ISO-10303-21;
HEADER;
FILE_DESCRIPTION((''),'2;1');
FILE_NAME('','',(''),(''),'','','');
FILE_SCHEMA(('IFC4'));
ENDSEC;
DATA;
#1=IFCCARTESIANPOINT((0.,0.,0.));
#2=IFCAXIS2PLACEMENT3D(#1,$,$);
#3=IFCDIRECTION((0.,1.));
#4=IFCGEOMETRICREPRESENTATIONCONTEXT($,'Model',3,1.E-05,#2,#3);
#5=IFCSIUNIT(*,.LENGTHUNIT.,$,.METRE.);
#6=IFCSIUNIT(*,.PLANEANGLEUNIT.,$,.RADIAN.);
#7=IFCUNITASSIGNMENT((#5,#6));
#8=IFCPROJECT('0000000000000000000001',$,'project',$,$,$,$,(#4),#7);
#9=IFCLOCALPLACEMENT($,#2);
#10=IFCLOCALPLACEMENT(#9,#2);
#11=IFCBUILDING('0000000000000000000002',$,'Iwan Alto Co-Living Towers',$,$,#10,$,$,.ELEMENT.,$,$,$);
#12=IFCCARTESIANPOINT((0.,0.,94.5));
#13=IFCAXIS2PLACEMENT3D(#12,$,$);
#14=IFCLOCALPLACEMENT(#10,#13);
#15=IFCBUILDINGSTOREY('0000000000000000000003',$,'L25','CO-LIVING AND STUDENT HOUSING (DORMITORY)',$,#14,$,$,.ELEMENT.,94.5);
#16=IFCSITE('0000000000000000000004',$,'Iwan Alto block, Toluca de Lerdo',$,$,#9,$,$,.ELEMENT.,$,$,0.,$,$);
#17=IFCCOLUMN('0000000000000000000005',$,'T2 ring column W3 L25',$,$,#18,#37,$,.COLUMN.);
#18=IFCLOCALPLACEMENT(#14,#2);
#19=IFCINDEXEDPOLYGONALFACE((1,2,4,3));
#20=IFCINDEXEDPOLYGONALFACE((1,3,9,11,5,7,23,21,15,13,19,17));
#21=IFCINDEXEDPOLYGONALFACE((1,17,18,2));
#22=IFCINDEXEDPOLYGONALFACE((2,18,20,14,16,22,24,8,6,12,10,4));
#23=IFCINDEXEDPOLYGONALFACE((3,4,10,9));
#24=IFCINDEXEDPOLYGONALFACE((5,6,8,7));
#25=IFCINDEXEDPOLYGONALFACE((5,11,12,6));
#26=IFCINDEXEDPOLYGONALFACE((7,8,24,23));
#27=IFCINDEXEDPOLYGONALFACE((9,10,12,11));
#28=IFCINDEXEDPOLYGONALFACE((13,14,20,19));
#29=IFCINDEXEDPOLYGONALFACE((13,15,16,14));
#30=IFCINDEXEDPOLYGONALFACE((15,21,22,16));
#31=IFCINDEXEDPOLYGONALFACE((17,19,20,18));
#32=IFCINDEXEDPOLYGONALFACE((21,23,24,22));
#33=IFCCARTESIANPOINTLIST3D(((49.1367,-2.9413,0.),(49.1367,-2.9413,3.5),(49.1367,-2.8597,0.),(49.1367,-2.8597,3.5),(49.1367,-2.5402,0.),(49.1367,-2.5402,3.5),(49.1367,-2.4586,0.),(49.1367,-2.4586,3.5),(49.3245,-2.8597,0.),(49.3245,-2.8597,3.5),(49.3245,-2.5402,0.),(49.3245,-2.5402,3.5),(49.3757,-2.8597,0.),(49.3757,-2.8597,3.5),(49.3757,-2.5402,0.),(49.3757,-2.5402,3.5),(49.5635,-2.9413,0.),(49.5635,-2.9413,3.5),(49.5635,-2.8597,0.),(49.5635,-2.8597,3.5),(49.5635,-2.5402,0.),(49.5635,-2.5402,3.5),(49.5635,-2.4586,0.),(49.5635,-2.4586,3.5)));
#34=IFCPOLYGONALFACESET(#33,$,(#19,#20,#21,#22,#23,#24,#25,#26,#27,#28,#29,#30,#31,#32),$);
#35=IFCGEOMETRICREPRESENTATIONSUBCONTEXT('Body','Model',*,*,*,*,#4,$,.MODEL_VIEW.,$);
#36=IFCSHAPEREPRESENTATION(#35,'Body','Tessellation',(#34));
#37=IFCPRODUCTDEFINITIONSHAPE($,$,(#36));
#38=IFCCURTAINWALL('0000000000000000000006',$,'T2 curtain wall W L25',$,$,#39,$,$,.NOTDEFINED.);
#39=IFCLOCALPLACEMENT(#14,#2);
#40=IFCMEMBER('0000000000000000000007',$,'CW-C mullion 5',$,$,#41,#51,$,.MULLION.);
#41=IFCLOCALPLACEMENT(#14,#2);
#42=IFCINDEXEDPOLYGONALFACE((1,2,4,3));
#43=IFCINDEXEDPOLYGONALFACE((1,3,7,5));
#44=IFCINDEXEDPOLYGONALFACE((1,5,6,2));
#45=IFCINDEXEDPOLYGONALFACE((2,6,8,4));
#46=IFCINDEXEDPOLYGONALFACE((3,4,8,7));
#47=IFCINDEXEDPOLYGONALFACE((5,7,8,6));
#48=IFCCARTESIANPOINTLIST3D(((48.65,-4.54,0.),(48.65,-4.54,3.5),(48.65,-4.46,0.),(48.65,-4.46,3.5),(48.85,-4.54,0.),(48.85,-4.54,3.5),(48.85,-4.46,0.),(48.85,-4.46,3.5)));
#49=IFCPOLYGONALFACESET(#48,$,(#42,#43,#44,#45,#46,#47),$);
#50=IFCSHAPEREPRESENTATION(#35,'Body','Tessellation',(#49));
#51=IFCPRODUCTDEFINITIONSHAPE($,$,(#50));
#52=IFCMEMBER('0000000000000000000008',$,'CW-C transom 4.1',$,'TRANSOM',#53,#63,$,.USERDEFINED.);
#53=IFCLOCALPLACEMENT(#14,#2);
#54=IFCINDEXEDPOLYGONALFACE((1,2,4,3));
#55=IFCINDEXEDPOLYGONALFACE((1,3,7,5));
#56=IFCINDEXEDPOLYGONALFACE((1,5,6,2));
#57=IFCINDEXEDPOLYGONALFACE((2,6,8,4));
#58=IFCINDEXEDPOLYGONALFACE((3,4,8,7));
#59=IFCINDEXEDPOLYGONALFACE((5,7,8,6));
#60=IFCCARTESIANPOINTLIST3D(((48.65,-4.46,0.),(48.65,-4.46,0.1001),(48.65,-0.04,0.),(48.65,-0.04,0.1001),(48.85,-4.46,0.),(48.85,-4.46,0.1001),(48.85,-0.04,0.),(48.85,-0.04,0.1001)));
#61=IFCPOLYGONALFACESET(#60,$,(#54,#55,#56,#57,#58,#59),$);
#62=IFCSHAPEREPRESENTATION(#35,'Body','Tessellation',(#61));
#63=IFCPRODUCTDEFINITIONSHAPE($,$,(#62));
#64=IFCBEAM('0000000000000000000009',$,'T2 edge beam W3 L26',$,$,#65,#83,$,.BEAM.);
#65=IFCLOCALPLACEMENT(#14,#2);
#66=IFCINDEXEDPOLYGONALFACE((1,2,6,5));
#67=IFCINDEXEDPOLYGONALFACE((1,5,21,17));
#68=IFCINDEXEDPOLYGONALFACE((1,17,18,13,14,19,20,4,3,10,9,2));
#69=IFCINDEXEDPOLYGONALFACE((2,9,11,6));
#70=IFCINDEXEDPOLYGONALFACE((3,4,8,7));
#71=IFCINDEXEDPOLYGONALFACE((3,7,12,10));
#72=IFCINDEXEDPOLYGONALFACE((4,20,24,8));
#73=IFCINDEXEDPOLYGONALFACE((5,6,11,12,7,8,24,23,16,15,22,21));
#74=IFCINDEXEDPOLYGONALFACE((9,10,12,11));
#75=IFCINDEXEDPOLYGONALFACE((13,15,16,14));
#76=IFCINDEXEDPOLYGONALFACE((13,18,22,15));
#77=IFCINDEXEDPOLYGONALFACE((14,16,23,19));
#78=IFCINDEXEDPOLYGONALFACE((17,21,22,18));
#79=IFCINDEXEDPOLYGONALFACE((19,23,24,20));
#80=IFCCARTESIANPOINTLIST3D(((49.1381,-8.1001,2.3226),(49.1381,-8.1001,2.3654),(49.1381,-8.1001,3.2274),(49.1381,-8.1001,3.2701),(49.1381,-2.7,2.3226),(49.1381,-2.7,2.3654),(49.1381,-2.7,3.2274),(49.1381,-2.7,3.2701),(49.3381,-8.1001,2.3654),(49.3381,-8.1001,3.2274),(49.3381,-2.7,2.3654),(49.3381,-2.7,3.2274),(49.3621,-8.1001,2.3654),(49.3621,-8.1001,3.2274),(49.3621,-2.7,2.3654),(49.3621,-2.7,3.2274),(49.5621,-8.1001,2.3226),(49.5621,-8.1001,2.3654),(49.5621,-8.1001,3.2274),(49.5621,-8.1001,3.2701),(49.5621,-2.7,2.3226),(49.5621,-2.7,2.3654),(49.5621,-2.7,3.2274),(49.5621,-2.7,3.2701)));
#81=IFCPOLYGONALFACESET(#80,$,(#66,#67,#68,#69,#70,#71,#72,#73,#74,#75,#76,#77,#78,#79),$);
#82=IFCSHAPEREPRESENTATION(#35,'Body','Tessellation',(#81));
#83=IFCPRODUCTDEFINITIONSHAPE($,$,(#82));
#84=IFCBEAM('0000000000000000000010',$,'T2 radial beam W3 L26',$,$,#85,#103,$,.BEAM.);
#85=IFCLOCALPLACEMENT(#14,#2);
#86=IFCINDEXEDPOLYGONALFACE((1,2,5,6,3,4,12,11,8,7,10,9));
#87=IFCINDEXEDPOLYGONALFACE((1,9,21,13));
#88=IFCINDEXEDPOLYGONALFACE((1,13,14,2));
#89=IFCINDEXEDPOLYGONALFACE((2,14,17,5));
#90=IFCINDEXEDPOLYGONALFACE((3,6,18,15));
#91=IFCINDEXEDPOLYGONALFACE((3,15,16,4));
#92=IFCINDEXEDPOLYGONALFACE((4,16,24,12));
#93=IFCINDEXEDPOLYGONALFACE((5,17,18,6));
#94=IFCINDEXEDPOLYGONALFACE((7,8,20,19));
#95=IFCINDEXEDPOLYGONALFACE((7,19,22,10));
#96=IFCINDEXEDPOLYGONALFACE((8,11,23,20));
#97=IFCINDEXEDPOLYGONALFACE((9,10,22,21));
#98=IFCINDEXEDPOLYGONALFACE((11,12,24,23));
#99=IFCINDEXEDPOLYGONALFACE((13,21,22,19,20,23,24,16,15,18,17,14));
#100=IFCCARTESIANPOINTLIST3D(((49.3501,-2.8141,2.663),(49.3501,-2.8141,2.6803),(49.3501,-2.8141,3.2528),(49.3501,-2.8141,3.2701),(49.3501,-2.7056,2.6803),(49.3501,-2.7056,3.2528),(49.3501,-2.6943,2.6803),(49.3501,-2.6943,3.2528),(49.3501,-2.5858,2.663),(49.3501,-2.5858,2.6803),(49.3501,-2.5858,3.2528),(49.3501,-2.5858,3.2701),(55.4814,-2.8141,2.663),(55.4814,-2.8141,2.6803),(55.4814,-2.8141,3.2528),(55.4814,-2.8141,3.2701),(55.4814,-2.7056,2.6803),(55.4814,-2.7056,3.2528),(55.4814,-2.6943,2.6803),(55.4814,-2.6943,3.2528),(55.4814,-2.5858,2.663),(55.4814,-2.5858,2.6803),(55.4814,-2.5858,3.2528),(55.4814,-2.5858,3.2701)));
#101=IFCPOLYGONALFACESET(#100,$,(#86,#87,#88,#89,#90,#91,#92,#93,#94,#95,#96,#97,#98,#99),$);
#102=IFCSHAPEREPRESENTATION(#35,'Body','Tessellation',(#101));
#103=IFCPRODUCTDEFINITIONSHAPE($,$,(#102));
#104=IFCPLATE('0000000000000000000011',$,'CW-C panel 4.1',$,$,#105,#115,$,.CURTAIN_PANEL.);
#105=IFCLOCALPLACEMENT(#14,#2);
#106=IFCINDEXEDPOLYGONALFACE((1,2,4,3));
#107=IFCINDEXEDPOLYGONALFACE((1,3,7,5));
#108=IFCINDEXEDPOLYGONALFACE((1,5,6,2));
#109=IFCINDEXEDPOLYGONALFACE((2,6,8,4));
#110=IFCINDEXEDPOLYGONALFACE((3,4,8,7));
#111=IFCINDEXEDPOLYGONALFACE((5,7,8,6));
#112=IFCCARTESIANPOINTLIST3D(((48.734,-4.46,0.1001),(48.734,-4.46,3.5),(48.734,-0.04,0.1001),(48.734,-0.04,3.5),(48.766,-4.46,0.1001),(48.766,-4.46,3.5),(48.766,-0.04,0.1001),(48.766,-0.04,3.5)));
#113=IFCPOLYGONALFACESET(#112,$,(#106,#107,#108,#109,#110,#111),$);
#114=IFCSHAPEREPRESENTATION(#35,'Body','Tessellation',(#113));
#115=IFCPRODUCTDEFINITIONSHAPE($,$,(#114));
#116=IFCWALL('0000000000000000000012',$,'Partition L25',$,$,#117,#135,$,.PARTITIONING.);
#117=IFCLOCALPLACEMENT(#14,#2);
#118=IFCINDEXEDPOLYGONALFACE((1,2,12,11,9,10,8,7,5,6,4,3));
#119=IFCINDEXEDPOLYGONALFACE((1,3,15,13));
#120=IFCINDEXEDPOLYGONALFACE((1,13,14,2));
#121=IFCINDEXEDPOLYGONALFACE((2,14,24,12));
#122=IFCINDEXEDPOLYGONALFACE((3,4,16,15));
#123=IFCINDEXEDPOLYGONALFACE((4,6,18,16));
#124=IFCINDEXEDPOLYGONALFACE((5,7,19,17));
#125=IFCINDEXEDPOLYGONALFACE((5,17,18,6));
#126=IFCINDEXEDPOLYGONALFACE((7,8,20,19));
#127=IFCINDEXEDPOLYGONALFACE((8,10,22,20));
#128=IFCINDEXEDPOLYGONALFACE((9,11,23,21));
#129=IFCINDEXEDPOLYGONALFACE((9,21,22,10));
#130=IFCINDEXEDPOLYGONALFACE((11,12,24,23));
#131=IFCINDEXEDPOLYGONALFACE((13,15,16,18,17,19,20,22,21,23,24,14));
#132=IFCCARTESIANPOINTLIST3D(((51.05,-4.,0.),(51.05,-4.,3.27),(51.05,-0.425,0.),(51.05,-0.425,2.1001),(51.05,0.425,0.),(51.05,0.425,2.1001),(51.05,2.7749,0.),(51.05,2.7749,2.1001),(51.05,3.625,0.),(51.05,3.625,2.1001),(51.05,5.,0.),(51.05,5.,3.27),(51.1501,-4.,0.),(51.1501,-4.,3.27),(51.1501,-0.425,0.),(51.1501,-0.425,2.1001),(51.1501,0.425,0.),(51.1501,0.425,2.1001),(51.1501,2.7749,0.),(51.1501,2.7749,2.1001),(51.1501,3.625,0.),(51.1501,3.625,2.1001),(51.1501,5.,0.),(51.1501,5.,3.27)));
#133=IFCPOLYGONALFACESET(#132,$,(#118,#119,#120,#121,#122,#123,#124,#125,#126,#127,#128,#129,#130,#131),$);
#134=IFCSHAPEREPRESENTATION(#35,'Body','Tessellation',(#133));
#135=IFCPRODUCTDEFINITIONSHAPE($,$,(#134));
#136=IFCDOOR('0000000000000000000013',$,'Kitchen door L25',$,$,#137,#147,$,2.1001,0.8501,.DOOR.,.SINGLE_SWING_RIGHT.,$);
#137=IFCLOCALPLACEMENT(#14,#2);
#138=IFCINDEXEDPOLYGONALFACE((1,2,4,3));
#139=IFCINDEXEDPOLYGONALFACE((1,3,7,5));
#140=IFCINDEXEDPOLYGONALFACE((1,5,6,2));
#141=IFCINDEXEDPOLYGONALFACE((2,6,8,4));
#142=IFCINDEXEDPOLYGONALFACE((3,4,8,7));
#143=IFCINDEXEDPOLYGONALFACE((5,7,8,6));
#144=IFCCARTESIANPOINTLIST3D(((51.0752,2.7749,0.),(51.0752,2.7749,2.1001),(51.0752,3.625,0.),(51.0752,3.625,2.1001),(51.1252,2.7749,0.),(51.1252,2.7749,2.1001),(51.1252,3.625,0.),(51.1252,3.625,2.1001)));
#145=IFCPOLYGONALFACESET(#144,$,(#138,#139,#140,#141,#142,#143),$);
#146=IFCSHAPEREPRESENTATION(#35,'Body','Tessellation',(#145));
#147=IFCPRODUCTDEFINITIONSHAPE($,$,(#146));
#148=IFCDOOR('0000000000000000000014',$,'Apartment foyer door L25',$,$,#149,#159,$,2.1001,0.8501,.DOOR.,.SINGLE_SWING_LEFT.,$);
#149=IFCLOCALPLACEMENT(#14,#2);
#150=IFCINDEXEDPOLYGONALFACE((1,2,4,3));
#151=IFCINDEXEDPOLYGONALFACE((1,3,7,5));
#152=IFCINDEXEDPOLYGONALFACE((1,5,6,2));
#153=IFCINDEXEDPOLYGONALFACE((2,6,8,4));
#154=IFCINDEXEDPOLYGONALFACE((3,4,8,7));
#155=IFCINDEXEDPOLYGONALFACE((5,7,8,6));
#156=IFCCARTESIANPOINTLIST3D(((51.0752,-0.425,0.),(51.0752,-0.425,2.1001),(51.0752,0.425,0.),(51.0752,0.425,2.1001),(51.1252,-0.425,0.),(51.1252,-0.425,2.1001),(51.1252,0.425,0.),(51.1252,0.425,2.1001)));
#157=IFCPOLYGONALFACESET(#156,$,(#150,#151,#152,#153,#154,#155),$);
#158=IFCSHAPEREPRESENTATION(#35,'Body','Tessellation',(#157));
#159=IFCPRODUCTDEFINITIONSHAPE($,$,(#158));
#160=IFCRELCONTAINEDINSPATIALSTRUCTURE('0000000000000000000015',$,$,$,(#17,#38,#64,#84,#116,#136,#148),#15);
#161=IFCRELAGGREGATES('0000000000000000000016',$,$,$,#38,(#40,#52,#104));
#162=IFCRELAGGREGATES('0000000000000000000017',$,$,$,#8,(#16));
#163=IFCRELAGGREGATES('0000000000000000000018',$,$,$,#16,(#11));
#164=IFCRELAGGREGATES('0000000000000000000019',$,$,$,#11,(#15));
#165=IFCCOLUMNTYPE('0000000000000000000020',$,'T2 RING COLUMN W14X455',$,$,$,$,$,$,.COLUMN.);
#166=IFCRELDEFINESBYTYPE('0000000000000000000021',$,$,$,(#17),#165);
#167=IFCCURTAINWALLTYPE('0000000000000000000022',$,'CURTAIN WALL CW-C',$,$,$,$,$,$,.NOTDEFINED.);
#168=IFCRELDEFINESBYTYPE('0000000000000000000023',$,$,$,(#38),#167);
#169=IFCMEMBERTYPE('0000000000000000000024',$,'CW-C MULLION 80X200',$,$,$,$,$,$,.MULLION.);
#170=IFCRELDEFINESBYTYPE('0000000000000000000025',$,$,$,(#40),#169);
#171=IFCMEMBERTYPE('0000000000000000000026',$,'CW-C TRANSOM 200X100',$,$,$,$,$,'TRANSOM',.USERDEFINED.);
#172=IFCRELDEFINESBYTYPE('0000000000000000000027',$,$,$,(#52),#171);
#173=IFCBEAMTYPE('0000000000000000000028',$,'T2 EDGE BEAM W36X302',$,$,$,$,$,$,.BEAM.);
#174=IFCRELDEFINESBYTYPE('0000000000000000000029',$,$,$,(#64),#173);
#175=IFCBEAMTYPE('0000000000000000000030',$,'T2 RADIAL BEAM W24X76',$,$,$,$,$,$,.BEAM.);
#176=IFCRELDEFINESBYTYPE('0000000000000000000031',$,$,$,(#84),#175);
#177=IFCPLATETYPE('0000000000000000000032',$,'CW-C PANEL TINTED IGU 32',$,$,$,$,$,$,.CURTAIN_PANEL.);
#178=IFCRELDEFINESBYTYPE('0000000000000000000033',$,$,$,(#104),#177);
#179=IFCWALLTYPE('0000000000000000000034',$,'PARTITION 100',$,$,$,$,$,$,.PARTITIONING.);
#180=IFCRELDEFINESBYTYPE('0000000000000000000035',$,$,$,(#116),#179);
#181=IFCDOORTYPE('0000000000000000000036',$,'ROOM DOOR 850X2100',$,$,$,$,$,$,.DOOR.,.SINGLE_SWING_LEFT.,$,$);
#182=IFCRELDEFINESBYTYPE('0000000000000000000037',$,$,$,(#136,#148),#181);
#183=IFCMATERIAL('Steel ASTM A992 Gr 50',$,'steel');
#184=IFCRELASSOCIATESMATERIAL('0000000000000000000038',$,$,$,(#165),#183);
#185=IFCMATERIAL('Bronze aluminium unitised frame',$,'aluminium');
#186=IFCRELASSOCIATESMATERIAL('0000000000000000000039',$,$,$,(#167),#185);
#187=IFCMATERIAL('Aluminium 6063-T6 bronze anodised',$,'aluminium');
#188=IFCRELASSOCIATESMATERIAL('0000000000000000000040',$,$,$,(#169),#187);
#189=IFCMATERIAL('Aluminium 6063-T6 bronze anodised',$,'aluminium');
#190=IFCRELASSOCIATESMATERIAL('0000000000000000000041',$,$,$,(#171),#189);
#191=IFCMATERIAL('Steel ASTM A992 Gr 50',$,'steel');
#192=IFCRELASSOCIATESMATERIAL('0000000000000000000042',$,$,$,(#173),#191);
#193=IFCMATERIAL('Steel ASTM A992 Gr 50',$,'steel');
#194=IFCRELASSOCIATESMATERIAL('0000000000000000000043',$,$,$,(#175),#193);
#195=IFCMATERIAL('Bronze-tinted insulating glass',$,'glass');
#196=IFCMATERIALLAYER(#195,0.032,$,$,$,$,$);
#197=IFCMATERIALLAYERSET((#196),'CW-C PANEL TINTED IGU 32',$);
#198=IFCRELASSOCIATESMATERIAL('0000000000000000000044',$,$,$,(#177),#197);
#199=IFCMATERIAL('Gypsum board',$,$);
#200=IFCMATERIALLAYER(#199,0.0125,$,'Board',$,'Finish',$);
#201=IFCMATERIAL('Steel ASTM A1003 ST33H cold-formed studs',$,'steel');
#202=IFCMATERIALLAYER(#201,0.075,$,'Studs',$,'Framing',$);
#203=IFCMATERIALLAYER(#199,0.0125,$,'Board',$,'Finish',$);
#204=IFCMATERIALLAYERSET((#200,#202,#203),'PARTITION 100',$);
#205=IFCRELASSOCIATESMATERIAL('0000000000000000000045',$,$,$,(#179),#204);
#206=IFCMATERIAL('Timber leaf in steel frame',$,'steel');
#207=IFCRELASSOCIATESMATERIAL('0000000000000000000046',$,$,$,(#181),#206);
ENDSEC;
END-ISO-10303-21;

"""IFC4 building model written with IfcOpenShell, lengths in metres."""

from ifc_helpers import new_model, si_unit, direction, frame, frame_2d, origin, origin_2d, place, context, subcontext, project, spatial, rectangle, i_section, extrude, material, layer, layer_set, material_profile, profile_set, type_object, element, fill, aggregate, save


model = new_model("IFC4")

# Units and contexts
model_context = context("Model", 3, precision=1e-05, world=origin(), true_north=direction((0.0, 1.0)))
body_context = subcontext(model_context, "Body", "Model", "MODEL_VIEW")
ifc_project = project(units=[si_unit("LENGTHUNIT", "METRE"), si_unit("PLANEANGLEUNIT", "RADIAN")], contexts=[model_context])

# Site, building, storey
site_placement = place(None, origin())
site = spatial("IfcSite", under=ifc_project, at=site_placement, Name="Iwan Alto block, Toluca de Lerdo", CompositionType="ELEMENT", RefElevation=0.0)
building_placement = place(site_placement, origin())
building = spatial("IfcBuilding", under=site, at=building_placement, Name="Iwan Alto Co-Living Towers", CompositionType="ELEMENT")
storey_placement = place(building_placement, frame((0.0, 0.0, 94.5)))
storey = spatial("IfcBuildingStorey", under=building, at=storey_placement, Name="L25", Description="CO-LIVING AND STUDENT HOUSING (DORMITORY)", CompositionType="ELEMENT", Elevation=94.5)

# Column
ifc_material_1 = material(Name="Steel ASTM A992 Gr 50", Category="steel")
ifc_material_profile_1 = material_profile(ifc_material_1, i_section(OverallWidth=0.4268, OverallDepth=0.4827, WebThickness=0.0513, FlangeThickness=0.0815, at=origin_2d()), Name="W14X455")
ifc_profile_set_1 = profile_set([ifc_material_profile_1], Name="Steel ASTM A992 Gr 50")
column_type = type_object("IfcColumnType", Name="T2 RING COLUMN W14X455", PredefinedType="COLUMN", material=ifc_profile_set_1)
column_placement = place(storey_placement, frame((49.3501, -2.7, 0.0), z_axis=(0.0, 0.0, 1.0), x_axis=(1.0, 0.0, 0.0)))
element("IfcColumn", 1, at=column_placement, inside=storey, type_object=column_type, Name="T2 ring column W3 L25", PredefinedType="COLUMN", context=body_context, shape_type="SweptSolid", body=[
    extrude(i_section(OverallWidth=0.4268, OverallDepth=0.4827, WebThickness=0.0513, FlangeThickness=0.0815, at=origin_2d()), origin(), (0.0, 0.0, 1.0), 3.5),
])

# Curtain wall, members
ifc_material_2 = material(Name="Bronze aluminium unitised frame", Category="aluminium")
curtain_wall_type = type_object("IfcCurtainWallType", Name="CURTAIN WALL CW-C", PredefinedType="NOTDEFINED", material=ifc_material_2)
curtain_wall_placement = place(storey_placement, origin())
curtain_wall = element("IfcCurtainWall", 2, at=curtain_wall_placement, inside=storey, type_object=curtain_wall_type, Name="T2 curtain wall W L25", PredefinedType="NOTDEFINED")
ifc_material_3 = material(Name="Aluminium 6063-T6 bronze anodised", Category="aluminium")
ifc_material_profile_2 = material_profile(ifc_material_3, rectangle(XDim=0.2, YDim=0.0801, at=origin_2d()), Name="AL 80X200")
ifc_profile_set_2 = profile_set([ifc_material_profile_2], Name="Aluminium 6063-T6 bronze anodised")
member_type_1 = type_object("IfcMemberType", Name="CW-C MULLION 80X200", PredefinedType="MULLION", material=ifc_profile_set_2)
member_1_placement = place(storey_placement, frame((48.75, -4.5, 0.0), z_axis=(0.0, 0.0, 1.0), x_axis=(1.0, 0.0, 0.0)))
member_1 = element("IfcMember", 3, at=member_1_placement, type_object=member_type_1, Name="CW-C mullion 5", PredefinedType="MULLION", context=body_context, shape_type="SweptSolid", body=[
    extrude(rectangle(XDim=0.2, YDim=0.0801, at=origin_2d()), origin(), (0.0, 0.0, 1.0), 3.5),
])
ifc_material_4 = material(Name="Aluminium 6063-T6 bronze anodised", Category="aluminium")
ifc_material_profile_3 = material_profile(ifc_material_4, rectangle(XDim=0.2, YDim=0.1001, at=origin_2d()), Name="AL 200X100")
ifc_profile_set_3 = profile_set([ifc_material_profile_3], Name="Aluminium 6063-T6 bronze anodised")
member_type_2 = type_object("IfcMemberType", Name="CW-C TRANSOM 200X100", ElementType="TRANSOM", PredefinedType="USERDEFINED", material=ifc_profile_set_3)
member_2_placement = place(storey_placement, frame((48.75, -0.04, 0.05), z_axis=(0.0, -1.0, 0.0), x_axis=(1.0, 0.0, 0.0)))
member_2 = element("IfcMember", 4, at=member_2_placement, type_object=member_type_2, Name="CW-C transom 4.1", ObjectType="TRANSOM", PredefinedType="USERDEFINED", context=body_context, shape_type="SweptSolid", body=[
    extrude(rectangle(XDim=0.2, YDim=0.1001, at=origin_2d()), origin(), (0.0, 0.0, 1.0), 4.4199),
])

# Beams
ifc_material_5 = material(Name="Steel ASTM A992 Gr 50", Category="steel")
ifc_material_profile_4 = material_profile(ifc_material_5, i_section(OverallWidth=0.4241, OverallDepth=0.9475, WebThickness=0.0239, FlangeThickness=0.0427, at=origin_2d()), Name="W36X302")
ifc_profile_set_4 = profile_set([ifc_material_profile_4], Name="Steel ASTM A992 Gr 50")
beam_type_1 = type_object("IfcBeamType", Name="T2 EDGE BEAM W36X302", PredefinedType="BEAM", material=ifc_profile_set_4)
beam_1_placement = place(storey_placement, frame((49.3501, -2.7, 2.7964), z_axis=(0.0, -1.0, 0.0), x_axis=(1.0, 0.0, 0.0)))
element("IfcBeam", 5, at=beam_1_placement, inside=storey, type_object=beam_type_1, Name="T2 edge beam W3 L26", PredefinedType="BEAM", context=body_context, shape_type="SweptSolid", body=[
    extrude(i_section(OverallWidth=0.4241, OverallDepth=0.9475, WebThickness=0.0239, FlangeThickness=0.0427, at=origin_2d()), origin(), (0.0, 0.0, 1.0), 5.4001),
])
ifc_material_6 = material(Name="Steel ASTM A992 Gr 50", Category="steel")
ifc_material_profile_5 = material_profile(ifc_material_6, i_section(OverallWidth=0.2283, OverallDepth=0.6072, WebThickness=0.0112, FlangeThickness=0.0173, at=origin_2d()), Name="W24X76")
ifc_profile_set_5 = profile_set([ifc_material_profile_5], Name="Steel ASTM A992 Gr 50")
beam_type_2 = type_object("IfcBeamType", Name="T2 RADIAL BEAM W24X76", PredefinedType="BEAM", material=ifc_profile_set_5)
beam_2_placement = place(storey_placement, frame((49.3501, -2.7, 2.9666), z_axis=(1.0, 0.0, 0.0), x_axis=(0.0, 1.0, 0.0)))
element("IfcBeam", 6, at=beam_2_placement, inside=storey, type_object=beam_type_2, Name="T2 radial beam W3 L26", PredefinedType="BEAM", context=body_context, shape_type="SweptSolid", body=[
    extrude(i_section(OverallWidth=0.2283, OverallDepth=0.6072, WebThickness=0.0112, FlangeThickness=0.0173, at=origin_2d()), origin(), (0.0, 0.0, 1.0), 6.1313),
])

# Plate
ifc_material_7 = material(Name="Bronze-tinted insulating glass", Category="glass")
ifc_layer_1 = layer(ifc_material_7, 0.032)
ifc_layer_set_1 = layer_set([ifc_layer_1], Name="CW-C PANEL TINTED IGU 32")
plate_type = type_object("IfcPlateType", Name="CW-C PANEL TINTED IGU 32", PredefinedType="CURTAIN_PANEL", material=ifc_layer_set_1)
plate_placement = place(storey_placement, frame((48.75, -2.25, 0.1001), z_axis=(0.0, 0.0, 1.0), x_axis=(0.0, -1.0, 0.0)))
plate = element("IfcPlate", 7, at=plate_placement, type_object=plate_type, Name="CW-C panel 4.1", PredefinedType="CURTAIN_PANEL", context=body_context, shape_type="SweptSolid", body=[
    extrude(rectangle(XDim=4.4199, YDim=0.032, at=origin_2d()), origin(), (0.0, 0.0, 1.0), 3.3999),
])
aggregate(curtain_wall, [member_1, member_2, plate])

# Wall, openings, doors
ifc_material_8 = material(Name="Gypsum board")
ifc_layer_2 = layer(ifc_material_8, 0.0125, Name="Board", Category="Finish")
ifc_material_9 = material(Name="Steel ASTM A1003 ST33H cold-formed studs", Category="steel")
ifc_layer_3 = layer(ifc_material_9, 0.075, Name="Studs", Category="Framing")
ifc_layer_4 = layer(ifc_material_8, 0.0125, Name="Board", Category="Finish")
ifc_layer_set_2 = layer_set([ifc_layer_2, ifc_layer_3, ifc_layer_4], Name="PARTITION 100")
wall_type_1 = type_object("IfcWallType", Name="PARTITION 100", PredefinedType="PARTITIONING", material=ifc_layer_set_2)
wall_1_placement = place(storey_placement, frame((51.1001, -4.0, 0.0), z_axis=(0.0, 0.0, 1.0), x_axis=(0.0, 1.0, 0.0)))
wall_1 = element("IfcWall", 8, at=wall_1_placement, inside=storey, type_object=wall_type_1, Name="Partition L25", PredefinedType="PARTITIONING", context=body_context, shape_type="SweptSolid", body=[
    extrude(rectangle(XDim=9.0, YDim=0.1001, at=frame_2d((4.5, 0.0))), origin(), (0.0, 0.0, 1.0), 3.27),
])
opening_1_placement = place(wall_1_placement, frame((6.7749, 0.0, 0.0)))
opening_1 = element("IfcOpeningElement", 9, at=opening_1_placement, cuts=wall_1, PredefinedType="OPENING", context=body_context, shape_type="SweptSolid", body=[
    extrude(rectangle(XDim=0.8501, YDim=2.1001, at=frame_2d((0.425, 1.05))), frame((0.0, 0.0601, 0.0), z_axis=(0.0, -1.0, 0.0), x_axis=(1.0, 0.0, 0.0)), (0.0, 0.0, 1.0), 0.1201),
])
opening_2_placement = place(wall_1_placement, frame((3.575, 0.0, 0.0)))
opening_2 = element("IfcOpeningElement", 10, at=opening_2_placement, cuts=wall_1, PredefinedType="OPENING", context=body_context, shape_type="SweptSolid", body=[
    extrude(rectangle(XDim=0.8501, YDim=2.1001, at=frame_2d((0.425, 1.05))), frame((0.0, 0.0601, 0.0), z_axis=(0.0, -1.0, 0.0), x_axis=(1.0, 0.0, 0.0)), (0.0, 0.0, 1.0), 0.1201),
])
ifc_material_10 = material(Name="Timber leaf in steel frame", Category="steel")
door_type_1 = type_object("IfcDoorType", Name="ROOM DOOR 850X2100", OperationType="SINGLE_SWING_LEFT", PredefinedType="DOOR", material=ifc_material_10)
door_1_placement = place(opening_1_placement, origin())
door_1 = element("IfcDoor", 11, at=door_1_placement, inside=storey, type_object=door_type_1, Name="Kitchen door L25", OperationType="SINGLE_SWING_RIGHT", OverallHeight=2.1001, OverallWidth=0.8501, PredefinedType="DOOR", context=body_context, shape_type="SweptSolid", body=[
    extrude(rectangle(XDim=0.8501, YDim=2.1001, at=frame_2d((0.425, 1.05))), frame((0.0, 0.0249, 0.0), z_axis=(0.0, -1.0, 0.0), x_axis=(1.0, 0.0, 0.0)), (0.0, 0.0, 1.0), 0.05),
])
fill(opening_1, door_1)
door_2_placement = place(opening_2_placement, origin())
door_2 = element("IfcDoor", 12, at=door_2_placement, inside=storey, type_object=door_type_1, Name="Apartment foyer door L25", OperationType="SINGLE_SWING_LEFT", OverallHeight=2.1001, OverallWidth=0.8501, PredefinedType="DOOR", context=body_context, shape_type="SweptSolid", body=[
    extrude(rectangle(XDim=0.8501, YDim=2.1001, at=frame_2d((0.425, 1.05))), frame((0.0, 0.0249, 0.0), z_axis=(0.0, -1.0, 0.0), x_axis=(1.0, 0.0, 0.0)), (0.0, 0.0, 1.0), 0.05),
])
fill(opening_2, door_2)

save(model, "model.ifc")
